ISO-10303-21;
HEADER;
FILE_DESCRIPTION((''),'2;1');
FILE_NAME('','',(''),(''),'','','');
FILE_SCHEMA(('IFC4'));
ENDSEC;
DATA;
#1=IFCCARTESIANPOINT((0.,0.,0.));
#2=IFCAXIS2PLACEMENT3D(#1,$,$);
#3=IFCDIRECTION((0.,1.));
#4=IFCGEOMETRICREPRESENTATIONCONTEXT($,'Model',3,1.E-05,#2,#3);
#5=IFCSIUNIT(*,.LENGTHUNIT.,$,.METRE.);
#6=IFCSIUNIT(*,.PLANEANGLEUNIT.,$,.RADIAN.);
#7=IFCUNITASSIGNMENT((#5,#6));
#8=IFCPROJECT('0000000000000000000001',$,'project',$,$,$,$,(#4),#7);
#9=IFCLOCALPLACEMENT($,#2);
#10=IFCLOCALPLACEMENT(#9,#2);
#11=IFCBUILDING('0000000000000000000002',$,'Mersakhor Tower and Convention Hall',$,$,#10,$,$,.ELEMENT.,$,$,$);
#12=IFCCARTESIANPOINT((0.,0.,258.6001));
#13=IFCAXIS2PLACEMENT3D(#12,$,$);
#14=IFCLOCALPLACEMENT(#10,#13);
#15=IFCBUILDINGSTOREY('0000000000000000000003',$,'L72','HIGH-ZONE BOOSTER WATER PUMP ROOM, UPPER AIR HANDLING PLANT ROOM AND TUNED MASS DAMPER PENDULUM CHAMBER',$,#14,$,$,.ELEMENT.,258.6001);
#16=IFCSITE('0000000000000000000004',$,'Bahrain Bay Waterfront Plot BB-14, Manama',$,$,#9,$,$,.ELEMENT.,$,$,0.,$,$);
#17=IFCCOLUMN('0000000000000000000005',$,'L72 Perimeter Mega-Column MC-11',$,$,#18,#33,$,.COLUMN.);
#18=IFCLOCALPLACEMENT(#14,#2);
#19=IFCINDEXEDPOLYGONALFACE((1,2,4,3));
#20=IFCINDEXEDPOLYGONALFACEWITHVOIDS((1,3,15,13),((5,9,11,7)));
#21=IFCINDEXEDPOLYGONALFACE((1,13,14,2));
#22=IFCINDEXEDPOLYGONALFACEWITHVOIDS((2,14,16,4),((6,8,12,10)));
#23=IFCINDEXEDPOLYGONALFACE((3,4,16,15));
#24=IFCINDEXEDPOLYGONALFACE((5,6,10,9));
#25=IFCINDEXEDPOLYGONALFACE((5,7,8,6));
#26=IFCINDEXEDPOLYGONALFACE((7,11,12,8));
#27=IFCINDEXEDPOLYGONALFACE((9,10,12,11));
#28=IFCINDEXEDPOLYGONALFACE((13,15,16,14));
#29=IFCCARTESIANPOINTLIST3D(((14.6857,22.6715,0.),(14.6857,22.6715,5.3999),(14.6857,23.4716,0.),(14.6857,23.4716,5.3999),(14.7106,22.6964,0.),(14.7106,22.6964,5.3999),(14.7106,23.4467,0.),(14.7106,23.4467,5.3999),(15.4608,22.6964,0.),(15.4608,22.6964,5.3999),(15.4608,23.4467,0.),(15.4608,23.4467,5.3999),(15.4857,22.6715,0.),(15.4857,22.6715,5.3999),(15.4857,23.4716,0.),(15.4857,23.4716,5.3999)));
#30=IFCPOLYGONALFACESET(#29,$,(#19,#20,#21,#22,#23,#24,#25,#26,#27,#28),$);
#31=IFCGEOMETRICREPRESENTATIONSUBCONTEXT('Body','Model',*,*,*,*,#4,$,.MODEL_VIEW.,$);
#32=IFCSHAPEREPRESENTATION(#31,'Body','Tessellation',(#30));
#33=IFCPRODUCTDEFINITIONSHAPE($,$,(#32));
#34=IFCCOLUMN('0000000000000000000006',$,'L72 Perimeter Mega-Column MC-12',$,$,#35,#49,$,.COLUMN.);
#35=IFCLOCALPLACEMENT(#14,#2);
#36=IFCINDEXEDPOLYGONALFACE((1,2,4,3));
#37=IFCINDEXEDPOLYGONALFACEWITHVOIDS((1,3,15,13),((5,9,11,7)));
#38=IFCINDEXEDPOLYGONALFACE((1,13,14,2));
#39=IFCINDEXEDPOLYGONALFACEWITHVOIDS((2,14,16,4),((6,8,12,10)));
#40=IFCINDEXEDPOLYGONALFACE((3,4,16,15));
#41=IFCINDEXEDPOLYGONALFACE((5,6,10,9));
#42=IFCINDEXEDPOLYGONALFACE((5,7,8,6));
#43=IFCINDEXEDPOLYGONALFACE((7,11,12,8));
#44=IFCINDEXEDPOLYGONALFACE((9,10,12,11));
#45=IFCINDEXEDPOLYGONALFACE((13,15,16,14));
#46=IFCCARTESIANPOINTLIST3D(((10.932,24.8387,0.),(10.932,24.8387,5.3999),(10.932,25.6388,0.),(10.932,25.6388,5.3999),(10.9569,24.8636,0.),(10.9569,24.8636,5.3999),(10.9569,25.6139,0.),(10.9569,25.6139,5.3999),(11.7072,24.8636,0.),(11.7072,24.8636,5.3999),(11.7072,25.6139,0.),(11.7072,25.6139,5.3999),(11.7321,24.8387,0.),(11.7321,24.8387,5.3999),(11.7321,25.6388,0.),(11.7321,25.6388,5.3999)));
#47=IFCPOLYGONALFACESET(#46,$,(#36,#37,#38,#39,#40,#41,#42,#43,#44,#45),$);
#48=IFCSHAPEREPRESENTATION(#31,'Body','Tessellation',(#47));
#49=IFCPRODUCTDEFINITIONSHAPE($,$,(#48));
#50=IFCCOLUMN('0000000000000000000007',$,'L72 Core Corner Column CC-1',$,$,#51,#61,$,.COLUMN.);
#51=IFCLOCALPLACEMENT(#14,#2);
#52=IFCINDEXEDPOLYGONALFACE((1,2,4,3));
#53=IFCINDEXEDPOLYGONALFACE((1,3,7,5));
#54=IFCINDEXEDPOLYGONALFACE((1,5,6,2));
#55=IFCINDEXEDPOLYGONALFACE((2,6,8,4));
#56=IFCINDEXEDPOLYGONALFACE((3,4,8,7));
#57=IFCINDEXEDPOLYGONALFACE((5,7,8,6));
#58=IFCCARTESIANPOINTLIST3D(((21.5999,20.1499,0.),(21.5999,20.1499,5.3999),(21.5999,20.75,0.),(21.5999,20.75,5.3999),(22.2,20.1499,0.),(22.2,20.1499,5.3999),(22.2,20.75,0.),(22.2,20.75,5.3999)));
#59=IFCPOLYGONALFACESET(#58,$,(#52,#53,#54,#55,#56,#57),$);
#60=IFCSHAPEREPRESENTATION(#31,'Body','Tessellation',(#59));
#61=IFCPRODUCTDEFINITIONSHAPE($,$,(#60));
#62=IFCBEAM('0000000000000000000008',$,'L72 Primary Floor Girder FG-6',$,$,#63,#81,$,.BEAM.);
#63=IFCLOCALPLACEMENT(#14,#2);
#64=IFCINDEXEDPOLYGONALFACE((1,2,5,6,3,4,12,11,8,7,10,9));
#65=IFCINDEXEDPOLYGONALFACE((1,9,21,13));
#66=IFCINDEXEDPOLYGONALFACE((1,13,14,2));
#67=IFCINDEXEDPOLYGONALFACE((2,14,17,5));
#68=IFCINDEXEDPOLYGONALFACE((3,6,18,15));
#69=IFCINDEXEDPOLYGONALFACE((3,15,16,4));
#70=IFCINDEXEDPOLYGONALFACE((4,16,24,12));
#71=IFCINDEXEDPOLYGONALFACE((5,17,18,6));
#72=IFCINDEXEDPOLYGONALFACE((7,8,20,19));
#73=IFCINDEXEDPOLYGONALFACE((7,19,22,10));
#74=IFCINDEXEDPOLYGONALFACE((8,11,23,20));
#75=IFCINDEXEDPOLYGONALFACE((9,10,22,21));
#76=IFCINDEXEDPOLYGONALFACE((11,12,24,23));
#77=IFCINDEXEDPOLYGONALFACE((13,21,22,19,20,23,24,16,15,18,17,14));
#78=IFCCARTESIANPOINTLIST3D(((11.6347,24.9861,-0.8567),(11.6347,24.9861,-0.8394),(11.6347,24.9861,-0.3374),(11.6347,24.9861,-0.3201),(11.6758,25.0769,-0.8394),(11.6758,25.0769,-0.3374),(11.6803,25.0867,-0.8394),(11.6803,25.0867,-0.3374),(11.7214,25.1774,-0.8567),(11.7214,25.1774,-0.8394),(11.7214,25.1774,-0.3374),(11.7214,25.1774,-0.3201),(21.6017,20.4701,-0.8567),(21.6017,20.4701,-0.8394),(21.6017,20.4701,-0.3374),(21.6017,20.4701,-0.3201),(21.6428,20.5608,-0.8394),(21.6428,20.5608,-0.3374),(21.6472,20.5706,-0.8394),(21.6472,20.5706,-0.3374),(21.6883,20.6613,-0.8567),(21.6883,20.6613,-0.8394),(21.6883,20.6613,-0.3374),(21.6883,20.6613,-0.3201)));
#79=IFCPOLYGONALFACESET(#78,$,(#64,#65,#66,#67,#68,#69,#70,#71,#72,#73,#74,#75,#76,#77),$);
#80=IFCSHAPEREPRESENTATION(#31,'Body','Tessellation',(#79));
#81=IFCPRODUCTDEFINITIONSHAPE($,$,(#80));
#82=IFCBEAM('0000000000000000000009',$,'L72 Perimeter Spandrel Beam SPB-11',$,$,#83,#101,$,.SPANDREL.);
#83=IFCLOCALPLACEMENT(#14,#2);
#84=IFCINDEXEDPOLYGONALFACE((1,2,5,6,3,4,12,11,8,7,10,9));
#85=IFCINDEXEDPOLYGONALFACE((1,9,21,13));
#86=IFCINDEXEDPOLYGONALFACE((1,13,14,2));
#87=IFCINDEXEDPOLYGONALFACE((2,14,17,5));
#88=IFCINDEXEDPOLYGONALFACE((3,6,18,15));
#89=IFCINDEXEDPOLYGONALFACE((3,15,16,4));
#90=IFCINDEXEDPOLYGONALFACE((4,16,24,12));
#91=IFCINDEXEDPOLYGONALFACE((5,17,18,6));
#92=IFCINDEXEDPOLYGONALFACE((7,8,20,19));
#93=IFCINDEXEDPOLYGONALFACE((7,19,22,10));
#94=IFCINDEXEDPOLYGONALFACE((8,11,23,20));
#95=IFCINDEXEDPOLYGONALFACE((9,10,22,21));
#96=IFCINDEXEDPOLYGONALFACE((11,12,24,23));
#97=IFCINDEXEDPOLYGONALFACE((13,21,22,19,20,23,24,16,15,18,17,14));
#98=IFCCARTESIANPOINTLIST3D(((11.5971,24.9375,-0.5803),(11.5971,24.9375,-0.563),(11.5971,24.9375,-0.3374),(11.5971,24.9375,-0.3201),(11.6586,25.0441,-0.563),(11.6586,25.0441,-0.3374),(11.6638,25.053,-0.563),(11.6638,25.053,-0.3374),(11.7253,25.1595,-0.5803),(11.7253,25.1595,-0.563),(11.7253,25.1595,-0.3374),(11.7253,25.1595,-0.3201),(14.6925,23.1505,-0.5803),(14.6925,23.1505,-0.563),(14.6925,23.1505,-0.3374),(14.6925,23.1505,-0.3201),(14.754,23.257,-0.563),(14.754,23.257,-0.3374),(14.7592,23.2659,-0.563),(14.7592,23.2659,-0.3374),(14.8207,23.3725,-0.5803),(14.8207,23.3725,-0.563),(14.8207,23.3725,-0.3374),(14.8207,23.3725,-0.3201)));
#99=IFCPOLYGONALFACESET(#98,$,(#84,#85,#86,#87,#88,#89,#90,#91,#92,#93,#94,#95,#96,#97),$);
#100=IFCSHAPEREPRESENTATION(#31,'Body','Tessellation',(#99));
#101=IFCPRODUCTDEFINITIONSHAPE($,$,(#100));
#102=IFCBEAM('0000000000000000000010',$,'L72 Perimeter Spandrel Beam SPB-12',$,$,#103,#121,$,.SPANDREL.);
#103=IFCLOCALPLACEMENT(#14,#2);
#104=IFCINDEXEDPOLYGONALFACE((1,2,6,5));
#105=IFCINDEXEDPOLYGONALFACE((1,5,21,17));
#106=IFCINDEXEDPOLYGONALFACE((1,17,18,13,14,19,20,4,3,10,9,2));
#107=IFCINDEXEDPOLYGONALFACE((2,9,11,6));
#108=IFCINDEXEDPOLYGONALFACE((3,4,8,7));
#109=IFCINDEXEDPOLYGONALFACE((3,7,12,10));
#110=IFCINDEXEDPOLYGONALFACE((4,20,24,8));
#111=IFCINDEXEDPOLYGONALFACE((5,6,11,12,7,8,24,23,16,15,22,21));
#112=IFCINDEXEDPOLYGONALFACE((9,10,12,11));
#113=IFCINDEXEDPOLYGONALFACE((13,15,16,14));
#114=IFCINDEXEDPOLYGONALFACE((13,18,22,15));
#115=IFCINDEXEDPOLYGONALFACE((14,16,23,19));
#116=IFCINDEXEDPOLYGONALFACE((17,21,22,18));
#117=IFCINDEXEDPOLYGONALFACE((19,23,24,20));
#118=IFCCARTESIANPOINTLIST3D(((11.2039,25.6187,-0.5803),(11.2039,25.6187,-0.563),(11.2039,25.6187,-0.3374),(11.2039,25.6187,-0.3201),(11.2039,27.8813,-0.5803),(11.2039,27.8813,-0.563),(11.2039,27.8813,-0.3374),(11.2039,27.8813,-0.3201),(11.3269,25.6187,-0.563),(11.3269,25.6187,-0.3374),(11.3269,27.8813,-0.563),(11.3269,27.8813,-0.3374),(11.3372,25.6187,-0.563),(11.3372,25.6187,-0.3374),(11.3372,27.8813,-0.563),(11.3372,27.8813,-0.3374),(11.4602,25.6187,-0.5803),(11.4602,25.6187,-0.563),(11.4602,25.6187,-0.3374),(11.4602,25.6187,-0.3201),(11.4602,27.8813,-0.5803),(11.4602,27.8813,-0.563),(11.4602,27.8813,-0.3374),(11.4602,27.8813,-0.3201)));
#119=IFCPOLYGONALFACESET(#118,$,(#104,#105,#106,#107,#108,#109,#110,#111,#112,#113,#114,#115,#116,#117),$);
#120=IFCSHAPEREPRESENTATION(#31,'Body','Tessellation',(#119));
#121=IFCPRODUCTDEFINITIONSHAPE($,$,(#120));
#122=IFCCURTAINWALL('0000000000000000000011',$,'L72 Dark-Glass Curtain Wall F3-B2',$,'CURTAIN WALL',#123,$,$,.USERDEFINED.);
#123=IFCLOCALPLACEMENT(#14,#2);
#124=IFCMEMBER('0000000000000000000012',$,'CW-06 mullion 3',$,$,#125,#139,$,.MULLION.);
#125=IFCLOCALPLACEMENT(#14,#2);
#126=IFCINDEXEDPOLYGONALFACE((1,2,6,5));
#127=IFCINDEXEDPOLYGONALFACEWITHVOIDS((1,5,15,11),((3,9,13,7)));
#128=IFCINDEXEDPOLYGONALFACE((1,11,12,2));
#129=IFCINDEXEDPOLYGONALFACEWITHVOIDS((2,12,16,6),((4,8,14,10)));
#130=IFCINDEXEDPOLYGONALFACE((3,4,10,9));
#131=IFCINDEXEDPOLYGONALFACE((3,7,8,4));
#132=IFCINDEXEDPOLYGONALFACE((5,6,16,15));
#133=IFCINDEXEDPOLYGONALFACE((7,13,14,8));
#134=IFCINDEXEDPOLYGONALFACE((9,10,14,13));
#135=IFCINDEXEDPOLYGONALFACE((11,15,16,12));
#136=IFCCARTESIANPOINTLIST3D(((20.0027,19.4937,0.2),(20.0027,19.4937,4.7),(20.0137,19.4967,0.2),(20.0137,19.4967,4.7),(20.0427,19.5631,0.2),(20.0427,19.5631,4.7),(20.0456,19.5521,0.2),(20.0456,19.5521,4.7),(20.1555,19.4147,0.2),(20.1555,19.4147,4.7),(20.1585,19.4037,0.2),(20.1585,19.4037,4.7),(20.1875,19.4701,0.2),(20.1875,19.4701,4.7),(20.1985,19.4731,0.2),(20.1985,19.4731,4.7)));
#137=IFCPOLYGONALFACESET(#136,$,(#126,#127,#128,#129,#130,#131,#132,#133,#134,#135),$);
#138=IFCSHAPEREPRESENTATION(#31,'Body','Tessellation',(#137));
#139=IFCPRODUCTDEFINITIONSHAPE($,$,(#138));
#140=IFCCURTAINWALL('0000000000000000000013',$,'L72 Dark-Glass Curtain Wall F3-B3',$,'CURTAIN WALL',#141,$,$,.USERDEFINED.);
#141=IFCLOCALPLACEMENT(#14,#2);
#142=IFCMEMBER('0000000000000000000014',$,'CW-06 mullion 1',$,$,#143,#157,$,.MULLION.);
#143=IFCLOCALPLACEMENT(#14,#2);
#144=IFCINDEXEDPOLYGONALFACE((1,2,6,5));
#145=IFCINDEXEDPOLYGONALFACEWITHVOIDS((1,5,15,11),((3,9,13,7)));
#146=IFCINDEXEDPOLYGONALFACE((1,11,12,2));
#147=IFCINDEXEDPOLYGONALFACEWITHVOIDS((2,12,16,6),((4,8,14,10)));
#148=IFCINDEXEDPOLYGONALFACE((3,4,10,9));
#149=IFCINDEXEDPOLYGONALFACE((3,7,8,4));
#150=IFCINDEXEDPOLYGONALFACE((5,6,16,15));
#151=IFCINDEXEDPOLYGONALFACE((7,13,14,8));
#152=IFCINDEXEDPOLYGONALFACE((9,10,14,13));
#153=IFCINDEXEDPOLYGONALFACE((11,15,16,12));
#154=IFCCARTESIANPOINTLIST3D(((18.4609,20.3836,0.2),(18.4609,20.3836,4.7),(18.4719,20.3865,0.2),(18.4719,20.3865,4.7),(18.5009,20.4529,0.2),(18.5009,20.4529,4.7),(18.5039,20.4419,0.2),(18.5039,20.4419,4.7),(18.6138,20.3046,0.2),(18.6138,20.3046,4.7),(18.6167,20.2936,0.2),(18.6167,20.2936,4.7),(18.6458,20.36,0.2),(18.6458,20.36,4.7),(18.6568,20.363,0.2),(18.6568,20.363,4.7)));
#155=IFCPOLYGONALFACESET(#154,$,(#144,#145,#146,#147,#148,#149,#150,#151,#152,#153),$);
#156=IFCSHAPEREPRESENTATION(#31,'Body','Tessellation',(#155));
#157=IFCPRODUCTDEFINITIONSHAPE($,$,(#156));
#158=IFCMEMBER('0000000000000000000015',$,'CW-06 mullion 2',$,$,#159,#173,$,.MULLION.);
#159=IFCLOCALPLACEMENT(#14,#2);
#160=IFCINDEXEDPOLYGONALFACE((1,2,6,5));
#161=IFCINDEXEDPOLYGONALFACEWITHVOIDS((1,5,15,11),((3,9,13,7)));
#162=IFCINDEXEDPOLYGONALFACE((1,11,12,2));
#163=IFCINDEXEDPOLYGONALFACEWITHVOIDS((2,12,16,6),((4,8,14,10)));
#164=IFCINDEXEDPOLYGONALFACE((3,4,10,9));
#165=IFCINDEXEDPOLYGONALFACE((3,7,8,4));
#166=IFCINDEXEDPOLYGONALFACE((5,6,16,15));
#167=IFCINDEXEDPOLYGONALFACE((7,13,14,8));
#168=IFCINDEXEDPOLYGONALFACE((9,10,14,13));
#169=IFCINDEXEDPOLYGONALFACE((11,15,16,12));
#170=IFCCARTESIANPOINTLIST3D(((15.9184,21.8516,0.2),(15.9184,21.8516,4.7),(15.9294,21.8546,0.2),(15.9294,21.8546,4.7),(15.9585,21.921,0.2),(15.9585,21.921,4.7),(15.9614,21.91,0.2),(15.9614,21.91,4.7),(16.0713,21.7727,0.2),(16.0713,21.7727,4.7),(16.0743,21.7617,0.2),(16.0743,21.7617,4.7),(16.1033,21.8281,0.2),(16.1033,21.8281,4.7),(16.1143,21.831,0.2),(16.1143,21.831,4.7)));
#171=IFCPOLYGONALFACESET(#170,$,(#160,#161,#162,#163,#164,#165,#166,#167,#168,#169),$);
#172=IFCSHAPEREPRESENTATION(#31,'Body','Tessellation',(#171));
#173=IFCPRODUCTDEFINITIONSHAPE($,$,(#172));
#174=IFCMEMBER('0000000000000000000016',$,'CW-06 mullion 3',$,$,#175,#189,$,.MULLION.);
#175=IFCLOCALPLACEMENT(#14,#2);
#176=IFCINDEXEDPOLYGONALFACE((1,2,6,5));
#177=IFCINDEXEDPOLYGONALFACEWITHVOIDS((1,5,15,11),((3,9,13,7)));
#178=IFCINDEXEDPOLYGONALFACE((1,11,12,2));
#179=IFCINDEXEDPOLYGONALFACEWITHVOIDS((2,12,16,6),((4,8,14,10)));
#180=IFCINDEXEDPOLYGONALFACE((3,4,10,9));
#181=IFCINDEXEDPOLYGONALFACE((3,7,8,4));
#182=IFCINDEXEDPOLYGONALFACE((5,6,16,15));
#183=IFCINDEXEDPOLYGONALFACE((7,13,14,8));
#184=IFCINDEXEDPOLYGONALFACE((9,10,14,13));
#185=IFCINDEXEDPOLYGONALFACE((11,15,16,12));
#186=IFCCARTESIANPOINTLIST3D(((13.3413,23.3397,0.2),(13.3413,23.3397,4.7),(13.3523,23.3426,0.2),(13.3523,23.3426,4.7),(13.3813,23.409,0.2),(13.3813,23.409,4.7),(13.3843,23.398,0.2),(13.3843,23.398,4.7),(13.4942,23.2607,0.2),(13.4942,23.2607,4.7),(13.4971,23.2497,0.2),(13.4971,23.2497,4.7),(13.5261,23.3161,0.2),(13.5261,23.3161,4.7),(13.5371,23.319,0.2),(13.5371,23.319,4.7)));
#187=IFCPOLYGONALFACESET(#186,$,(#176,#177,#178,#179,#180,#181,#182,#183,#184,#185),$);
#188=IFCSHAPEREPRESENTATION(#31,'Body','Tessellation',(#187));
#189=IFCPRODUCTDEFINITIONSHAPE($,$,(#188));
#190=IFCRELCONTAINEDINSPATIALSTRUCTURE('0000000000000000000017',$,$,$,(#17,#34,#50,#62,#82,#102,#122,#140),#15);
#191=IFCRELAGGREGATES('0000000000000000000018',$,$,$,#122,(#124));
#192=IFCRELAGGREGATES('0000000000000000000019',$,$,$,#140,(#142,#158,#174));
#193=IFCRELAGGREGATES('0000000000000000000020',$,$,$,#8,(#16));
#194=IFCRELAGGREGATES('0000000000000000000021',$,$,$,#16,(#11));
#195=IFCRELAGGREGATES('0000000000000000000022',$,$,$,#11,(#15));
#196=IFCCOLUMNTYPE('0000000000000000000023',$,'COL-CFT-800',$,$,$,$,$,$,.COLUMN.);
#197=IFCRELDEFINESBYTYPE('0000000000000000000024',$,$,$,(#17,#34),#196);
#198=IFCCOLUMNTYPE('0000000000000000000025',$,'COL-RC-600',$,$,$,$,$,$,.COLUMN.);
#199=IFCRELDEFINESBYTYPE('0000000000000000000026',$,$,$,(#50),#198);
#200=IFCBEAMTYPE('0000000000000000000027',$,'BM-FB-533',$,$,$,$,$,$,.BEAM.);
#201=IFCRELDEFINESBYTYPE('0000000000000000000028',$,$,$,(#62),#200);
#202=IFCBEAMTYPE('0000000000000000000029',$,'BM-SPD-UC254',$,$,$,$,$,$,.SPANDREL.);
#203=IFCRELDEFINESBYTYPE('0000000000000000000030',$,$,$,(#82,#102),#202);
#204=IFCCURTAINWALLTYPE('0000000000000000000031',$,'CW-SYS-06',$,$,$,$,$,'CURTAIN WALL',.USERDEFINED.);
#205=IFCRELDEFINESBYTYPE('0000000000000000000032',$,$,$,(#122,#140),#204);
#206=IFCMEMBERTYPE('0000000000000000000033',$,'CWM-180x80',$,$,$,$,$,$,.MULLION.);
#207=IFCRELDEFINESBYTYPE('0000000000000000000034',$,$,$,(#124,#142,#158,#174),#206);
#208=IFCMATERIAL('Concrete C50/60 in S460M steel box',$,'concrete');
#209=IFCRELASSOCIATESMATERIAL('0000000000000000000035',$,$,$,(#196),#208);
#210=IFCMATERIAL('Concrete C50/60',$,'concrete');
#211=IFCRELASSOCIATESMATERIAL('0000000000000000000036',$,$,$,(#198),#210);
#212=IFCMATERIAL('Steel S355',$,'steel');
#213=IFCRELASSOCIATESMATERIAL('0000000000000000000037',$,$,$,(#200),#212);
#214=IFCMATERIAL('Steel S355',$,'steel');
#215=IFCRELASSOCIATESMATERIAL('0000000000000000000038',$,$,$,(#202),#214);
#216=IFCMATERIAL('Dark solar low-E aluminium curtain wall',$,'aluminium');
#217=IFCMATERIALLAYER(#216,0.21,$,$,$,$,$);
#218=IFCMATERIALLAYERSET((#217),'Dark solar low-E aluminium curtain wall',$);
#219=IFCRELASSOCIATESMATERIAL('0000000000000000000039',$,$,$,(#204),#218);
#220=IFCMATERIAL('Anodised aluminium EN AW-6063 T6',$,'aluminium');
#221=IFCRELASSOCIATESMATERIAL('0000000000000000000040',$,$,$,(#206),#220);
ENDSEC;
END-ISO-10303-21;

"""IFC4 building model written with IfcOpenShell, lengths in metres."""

from ifc_helpers import new_model, si_unit, direction, frame, origin, origin_2d, place, context, subcontext, project, spatial, rectangle, hollow_rectangle, i_section, extrude, material, layer, layer_set, material_profile, profile_set, type_object, element, aggregate, save


model = new_model("IFC4")

# Units and contexts
model_context = context("Model", 3, precision=1e-05, world=origin(), true_north=direction((0.0, 1.0)))
body_context = subcontext(model_context, "Body", "Model", "MODEL_VIEW")
ifc_project = project(units=[si_unit("LENGTHUNIT", "METRE"), si_unit("PLANEANGLEUNIT", "RADIAN")], contexts=[model_context])

# Site, building, storey
site_placement = place(None, origin())
site = spatial("IfcSite", under=ifc_project, at=site_placement, Name="Bahrain Bay Waterfront Plot BB-14, Manama", CompositionType="ELEMENT", RefElevation=0.0)
building_placement = place(site_placement, origin())
building = spatial("IfcBuilding", under=site, at=building_placement, Name="Mersakhor Tower and Convention Hall", CompositionType="ELEMENT")
storey_placement = place(building_placement, frame((0.0, 0.0, 258.6001)))
storey = spatial("IfcBuildingStorey", under=building, at=storey_placement, Name="L72", Description="HIGH-ZONE BOOSTER WATER PUMP ROOM, UPPER AIR HANDLING PLANT ROOM AND TUNED MASS DAMPER PENDULUM CHAMBER", CompositionType="ELEMENT", Elevation=258.6001)

# Columns
ifc_material_1 = material(Name="Concrete C50/60 in S460M steel box", Category="concrete")
ifc_material_profile_1 = material_profile(ifc_material_1, hollow_rectangle(XDim=0.8, YDim=0.8, WallThickness=0.0249, at=origin_2d()), Name="SHS 800x800x25")
ifc_profile_set_1 = profile_set([ifc_material_profile_1], Name="Concrete C50/60 in S460M steel box")
column_type_1 = type_object("IfcColumnType", Name="COL-CFT-800", PredefinedType="COLUMN", material=ifc_profile_set_1)
for number, where, z_axis, x_axis, name in (
    (1, (15.0857, 23.0715, 0.0), (0.0, 0.0, 1.0), (1.0, 0.0, 0.0), "L72 Perimeter Mega-Column MC-11"),
    (2, (11.332, 25.2388, 0.0), (0.0, 0.0, 1.0), (1.0, 0.0, 0.0), "L72 Perimeter Mega-Column MC-12"),
):
    element("IfcColumn", number, at=place(storey_placement, frame(where, z_axis=z_axis, x_axis=x_axis)), inside=storey, type_object=column_type_1, Name=name, PredefinedType="COLUMN", context=body_context, shape_type="SweptSolid", body=[
        extrude(hollow_rectangle(XDim=0.8, YDim=0.8, WallThickness=0.0249, at=origin_2d()), origin(), (0.0, 0.0, 1.0), 5.3999),
    ])
ifc_material_2 = material(Name="Concrete C50/60", Category="concrete")
ifc_material_profile_2 = material_profile(ifc_material_2, rectangle(XDim=0.6001, YDim=0.6001, at=origin_2d()), Name="RC 600x600")
ifc_profile_set_2 = profile_set([ifc_material_profile_2], Name="Concrete C50/60")
column_type_2 = type_object("IfcColumnType", Name="COL-RC-600", PredefinedType="COLUMN", material=ifc_profile_set_2)
column_placement = place(storey_placement, frame((21.8999, 20.45, 0.0), z_axis=(0.0, 0.0, 1.0), x_axis=(1.0, 0.0, 0.0)))
element("IfcColumn", 3, at=column_placement, inside=storey, type_object=column_type_2, Name="L72 Core Corner Column CC-1", PredefinedType="COLUMN", context=body_context, shape_type="SweptSolid", body=[
    extrude(rectangle(XDim=0.6001, YDim=0.6001, at=origin_2d()), origin(), (0.0, 0.0, 1.0), 5.3999),
])

# Beams
ifc_material_3 = material(Name="Steel S355", Category="steel")
ifc_material_profile_3 = material_profile(ifc_material_3, i_section(OverallWidth=0.21, OverallDepth=0.5366, WebThickness=0.0107, FlangeThickness=0.0173, at=origin_2d()), Name="UB 533x210x101")
ifc_profile_set_3 = profile_set([ifc_material_profile_3], Name="Steel S355")
beam_type_1 = type_object("IfcBeamType", Name="BM-FB-533", PredefinedType="BEAM", material=ifc_profile_set_3)
beam_1_placement = place(storey_placement, frame((21.645, 20.5657, -0.5884), z_axis=(-0.91086, 0.412715, 0.0), x_axis=(-0.412715, -0.91086, 0.0)))
element("IfcBeam", 4, at=beam_1_placement, inside=storey, type_object=beam_type_1, Name="L72 Primary Floor Girder FG-6", PredefinedType="BEAM", context=body_context, shape_type="SweptSolid", body=[
    extrude(i_section(OverallWidth=0.21, OverallDepth=0.5366, WebThickness=0.0107, FlangeThickness=0.0173, at=origin_2d()), origin(), (0.0, 0.0, 1.0), 10.9424),
])
ifc_material_4 = material(Name="Steel S355", Category="steel")
ifc_material_profile_4 = material_profile(ifc_material_4, i_section(OverallWidth=0.2563, OverallDepth=0.2603, WebThickness=0.0103, FlangeThickness=0.0173, at=origin_2d()), Name="UC 254x254x89")
ifc_profile_set_4 = profile_set([ifc_material_profile_4], Name="Steel S355")
beam_type_2 = type_object("IfcBeamType", Name="BM-SPD-UC254", PredefinedType="SPANDREL", material=ifc_profile_set_4)
beam_2_placement = place(storey_placement, frame((14.7566, 23.2615, -0.4502), z_axis=(-0.866032, 0.499989, 0.0), x_axis=(-0.499989, -0.866032, 0.0)))
element("IfcBeam", 5, at=beam_2_placement, inside=storey, type_object=beam_type_2, Name="L72 Perimeter Spandrel Beam SPB-11", PredefinedType="SPANDREL", context=body_context, shape_type="SweptSolid", body=[
    extrude(i_section(OverallWidth=0.2563, OverallDepth=0.2603, WebThickness=0.0103, FlangeThickness=0.0173, at=origin_2d()), origin(), (0.0, 0.0, 1.0), 3.5742),
])
beam_3_placement = place(storey_placement, frame((11.332, 25.6187, -0.4502), z_axis=(0.0, 1.0, 0.0), x_axis=(-1.0, 0.0, 0.0)))
element("IfcBeam", 6, at=beam_3_placement, inside=storey, type_object=beam_type_2, Name="L72 Perimeter Spandrel Beam SPB-12", PredefinedType="SPANDREL", context=body_context, shape_type="SweptSolid", body=[
    extrude(i_section(OverallWidth=0.2563, OverallDepth=0.2603, WebThickness=0.0103, FlangeThickness=0.0173, at=origin_2d()), origin(), (0.0, 0.0, 1.0), 2.2627),
])

# Curtain wall, member
ifc_material_5 = material(Name="Dark solar low-E aluminium curtain wall", Category="aluminium")
ifc_layer_1 = layer(ifc_material_5, 0.21)
ifc_layer_set_1 = layer_set([ifc_layer_1], Name="Dark solar low-E aluminium curtain wall")
curtain_wall_type = type_object("IfcCurtainWallType", Name="CW-SYS-06", ElementType="CURTAIN WALL", PredefinedType="USERDEFINED", material=ifc_layer_set_1)
curtain_wall_1_placement = place(storey_placement, origin())
curtain_wall_1 = element("IfcCurtainWall", 7, at=curtain_wall_1_placement, inside=storey, type_object=curtain_wall_type, Name="L72 Dark-Glass Curtain Wall F3-B2", ObjectType="CURTAIN WALL", PredefinedType="USERDEFINED")
ifc_material_6 = material(Name="Anodised aluminium EN AW-6063 T6", Category="aluminium")
ifc_material_profile_5 = material_profile(ifc_material_6, hollow_rectangle(XDim=0.0801, YDim=0.1799, WallThickness=0.0081, at=origin_2d()), Name="RHS 180x80x8")
ifc_profile_set_5 = profile_set([ifc_material_profile_5], Name="Anodised aluminium EN AW-6063 T6")
member_type_1 = type_object("IfcMemberType", Name="CWM-180x80", PredefinedType="MULLION", material=ifc_profile_set_5)
member_1_placement = place(storey_placement, frame((20.1006, 19.4834, 0.2), z_axis=(0.0, 0.0, 1.0), x_axis=(-0.500004, -0.866023, 0.0)))
member_1 = element("IfcMember", 8, at=member_1_placement, type_object=member_type_1, Name="CW-06 mullion 3", PredefinedType="MULLION", context=body_context, shape_type="SweptSolid", body=[
    extrude(hollow_rectangle(XDim=0.0801, YDim=0.1799, WallThickness=0.0081, at=origin_2d()), origin(), (0.0, 0.0, 1.0), 4.5),
])

# Curtain wall, members
curtain_wall_2_placement = place(storey_placement, origin())
curtain_wall_2 = element("IfcCurtainWall", 9, at=curtain_wall_2_placement, inside=storey, type_object=curtain_wall_type, Name="L72 Dark-Glass Curtain Wall F3-B3", ObjectType="CURTAIN WALL", PredefinedType="USERDEFINED")
member_2_placement = place(storey_placement, frame((18.5588, 20.3733, 0.2), z_axis=(0.0, 0.0, 1.0), x_axis=(-0.5, -0.866025, 0.0)))
member_2 = element("IfcMember", 10, at=member_2_placement, type_object=member_type_1, Name="CW-06 mullion 1", PredefinedType="MULLION", context=body_context, shape_type="SweptSolid", body=[
    extrude(hollow_rectangle(XDim=0.0801, YDim=0.1799, WallThickness=0.0081, at=origin_2d()), origin(), (0.0, 0.0, 1.0), 4.5),
])
member_3_placement = place(storey_placement, frame((16.0164, 21.8413, 0.2), z_axis=(0.0, 0.0, 1.0), x_axis=(-0.5, -0.866025, 0.0)))
member_3 = element("IfcMember", 11, at=member_3_placement, type_object=member_type_1, Name="CW-06 mullion 2", PredefinedType="MULLION", context=body_context, shape_type="SweptSolid", body=[
    extrude(hollow_rectangle(XDim=0.0801, YDim=0.1799, WallThickness=0.0081, at=origin_2d()), origin(), (0.0, 0.0, 1.0), 4.5),
])
member_4_placement = place(storey_placement, frame((13.4392, 23.3293, 0.2), z_axis=(0.0, 0.0, 1.0), x_axis=(-0.5, -0.866025, 0.0)))
member_4 = element("IfcMember", 12, at=member_4_placement, type_object=member_type_1, Name="CW-06 mullion 3", PredefinedType="MULLION", context=body_context, shape_type="SweptSolid", body=[
    extrude(hollow_rectangle(XDim=0.0801, YDim=0.1799, WallThickness=0.0081, at=origin_2d()), origin(), (0.0, 0.0, 1.0), 4.5),
])

aggregate(curtain_wall_1, [member_1])
aggregate(curtain_wall_2, [member_2, member_3, member_4])

save(model, "model.ifc")
